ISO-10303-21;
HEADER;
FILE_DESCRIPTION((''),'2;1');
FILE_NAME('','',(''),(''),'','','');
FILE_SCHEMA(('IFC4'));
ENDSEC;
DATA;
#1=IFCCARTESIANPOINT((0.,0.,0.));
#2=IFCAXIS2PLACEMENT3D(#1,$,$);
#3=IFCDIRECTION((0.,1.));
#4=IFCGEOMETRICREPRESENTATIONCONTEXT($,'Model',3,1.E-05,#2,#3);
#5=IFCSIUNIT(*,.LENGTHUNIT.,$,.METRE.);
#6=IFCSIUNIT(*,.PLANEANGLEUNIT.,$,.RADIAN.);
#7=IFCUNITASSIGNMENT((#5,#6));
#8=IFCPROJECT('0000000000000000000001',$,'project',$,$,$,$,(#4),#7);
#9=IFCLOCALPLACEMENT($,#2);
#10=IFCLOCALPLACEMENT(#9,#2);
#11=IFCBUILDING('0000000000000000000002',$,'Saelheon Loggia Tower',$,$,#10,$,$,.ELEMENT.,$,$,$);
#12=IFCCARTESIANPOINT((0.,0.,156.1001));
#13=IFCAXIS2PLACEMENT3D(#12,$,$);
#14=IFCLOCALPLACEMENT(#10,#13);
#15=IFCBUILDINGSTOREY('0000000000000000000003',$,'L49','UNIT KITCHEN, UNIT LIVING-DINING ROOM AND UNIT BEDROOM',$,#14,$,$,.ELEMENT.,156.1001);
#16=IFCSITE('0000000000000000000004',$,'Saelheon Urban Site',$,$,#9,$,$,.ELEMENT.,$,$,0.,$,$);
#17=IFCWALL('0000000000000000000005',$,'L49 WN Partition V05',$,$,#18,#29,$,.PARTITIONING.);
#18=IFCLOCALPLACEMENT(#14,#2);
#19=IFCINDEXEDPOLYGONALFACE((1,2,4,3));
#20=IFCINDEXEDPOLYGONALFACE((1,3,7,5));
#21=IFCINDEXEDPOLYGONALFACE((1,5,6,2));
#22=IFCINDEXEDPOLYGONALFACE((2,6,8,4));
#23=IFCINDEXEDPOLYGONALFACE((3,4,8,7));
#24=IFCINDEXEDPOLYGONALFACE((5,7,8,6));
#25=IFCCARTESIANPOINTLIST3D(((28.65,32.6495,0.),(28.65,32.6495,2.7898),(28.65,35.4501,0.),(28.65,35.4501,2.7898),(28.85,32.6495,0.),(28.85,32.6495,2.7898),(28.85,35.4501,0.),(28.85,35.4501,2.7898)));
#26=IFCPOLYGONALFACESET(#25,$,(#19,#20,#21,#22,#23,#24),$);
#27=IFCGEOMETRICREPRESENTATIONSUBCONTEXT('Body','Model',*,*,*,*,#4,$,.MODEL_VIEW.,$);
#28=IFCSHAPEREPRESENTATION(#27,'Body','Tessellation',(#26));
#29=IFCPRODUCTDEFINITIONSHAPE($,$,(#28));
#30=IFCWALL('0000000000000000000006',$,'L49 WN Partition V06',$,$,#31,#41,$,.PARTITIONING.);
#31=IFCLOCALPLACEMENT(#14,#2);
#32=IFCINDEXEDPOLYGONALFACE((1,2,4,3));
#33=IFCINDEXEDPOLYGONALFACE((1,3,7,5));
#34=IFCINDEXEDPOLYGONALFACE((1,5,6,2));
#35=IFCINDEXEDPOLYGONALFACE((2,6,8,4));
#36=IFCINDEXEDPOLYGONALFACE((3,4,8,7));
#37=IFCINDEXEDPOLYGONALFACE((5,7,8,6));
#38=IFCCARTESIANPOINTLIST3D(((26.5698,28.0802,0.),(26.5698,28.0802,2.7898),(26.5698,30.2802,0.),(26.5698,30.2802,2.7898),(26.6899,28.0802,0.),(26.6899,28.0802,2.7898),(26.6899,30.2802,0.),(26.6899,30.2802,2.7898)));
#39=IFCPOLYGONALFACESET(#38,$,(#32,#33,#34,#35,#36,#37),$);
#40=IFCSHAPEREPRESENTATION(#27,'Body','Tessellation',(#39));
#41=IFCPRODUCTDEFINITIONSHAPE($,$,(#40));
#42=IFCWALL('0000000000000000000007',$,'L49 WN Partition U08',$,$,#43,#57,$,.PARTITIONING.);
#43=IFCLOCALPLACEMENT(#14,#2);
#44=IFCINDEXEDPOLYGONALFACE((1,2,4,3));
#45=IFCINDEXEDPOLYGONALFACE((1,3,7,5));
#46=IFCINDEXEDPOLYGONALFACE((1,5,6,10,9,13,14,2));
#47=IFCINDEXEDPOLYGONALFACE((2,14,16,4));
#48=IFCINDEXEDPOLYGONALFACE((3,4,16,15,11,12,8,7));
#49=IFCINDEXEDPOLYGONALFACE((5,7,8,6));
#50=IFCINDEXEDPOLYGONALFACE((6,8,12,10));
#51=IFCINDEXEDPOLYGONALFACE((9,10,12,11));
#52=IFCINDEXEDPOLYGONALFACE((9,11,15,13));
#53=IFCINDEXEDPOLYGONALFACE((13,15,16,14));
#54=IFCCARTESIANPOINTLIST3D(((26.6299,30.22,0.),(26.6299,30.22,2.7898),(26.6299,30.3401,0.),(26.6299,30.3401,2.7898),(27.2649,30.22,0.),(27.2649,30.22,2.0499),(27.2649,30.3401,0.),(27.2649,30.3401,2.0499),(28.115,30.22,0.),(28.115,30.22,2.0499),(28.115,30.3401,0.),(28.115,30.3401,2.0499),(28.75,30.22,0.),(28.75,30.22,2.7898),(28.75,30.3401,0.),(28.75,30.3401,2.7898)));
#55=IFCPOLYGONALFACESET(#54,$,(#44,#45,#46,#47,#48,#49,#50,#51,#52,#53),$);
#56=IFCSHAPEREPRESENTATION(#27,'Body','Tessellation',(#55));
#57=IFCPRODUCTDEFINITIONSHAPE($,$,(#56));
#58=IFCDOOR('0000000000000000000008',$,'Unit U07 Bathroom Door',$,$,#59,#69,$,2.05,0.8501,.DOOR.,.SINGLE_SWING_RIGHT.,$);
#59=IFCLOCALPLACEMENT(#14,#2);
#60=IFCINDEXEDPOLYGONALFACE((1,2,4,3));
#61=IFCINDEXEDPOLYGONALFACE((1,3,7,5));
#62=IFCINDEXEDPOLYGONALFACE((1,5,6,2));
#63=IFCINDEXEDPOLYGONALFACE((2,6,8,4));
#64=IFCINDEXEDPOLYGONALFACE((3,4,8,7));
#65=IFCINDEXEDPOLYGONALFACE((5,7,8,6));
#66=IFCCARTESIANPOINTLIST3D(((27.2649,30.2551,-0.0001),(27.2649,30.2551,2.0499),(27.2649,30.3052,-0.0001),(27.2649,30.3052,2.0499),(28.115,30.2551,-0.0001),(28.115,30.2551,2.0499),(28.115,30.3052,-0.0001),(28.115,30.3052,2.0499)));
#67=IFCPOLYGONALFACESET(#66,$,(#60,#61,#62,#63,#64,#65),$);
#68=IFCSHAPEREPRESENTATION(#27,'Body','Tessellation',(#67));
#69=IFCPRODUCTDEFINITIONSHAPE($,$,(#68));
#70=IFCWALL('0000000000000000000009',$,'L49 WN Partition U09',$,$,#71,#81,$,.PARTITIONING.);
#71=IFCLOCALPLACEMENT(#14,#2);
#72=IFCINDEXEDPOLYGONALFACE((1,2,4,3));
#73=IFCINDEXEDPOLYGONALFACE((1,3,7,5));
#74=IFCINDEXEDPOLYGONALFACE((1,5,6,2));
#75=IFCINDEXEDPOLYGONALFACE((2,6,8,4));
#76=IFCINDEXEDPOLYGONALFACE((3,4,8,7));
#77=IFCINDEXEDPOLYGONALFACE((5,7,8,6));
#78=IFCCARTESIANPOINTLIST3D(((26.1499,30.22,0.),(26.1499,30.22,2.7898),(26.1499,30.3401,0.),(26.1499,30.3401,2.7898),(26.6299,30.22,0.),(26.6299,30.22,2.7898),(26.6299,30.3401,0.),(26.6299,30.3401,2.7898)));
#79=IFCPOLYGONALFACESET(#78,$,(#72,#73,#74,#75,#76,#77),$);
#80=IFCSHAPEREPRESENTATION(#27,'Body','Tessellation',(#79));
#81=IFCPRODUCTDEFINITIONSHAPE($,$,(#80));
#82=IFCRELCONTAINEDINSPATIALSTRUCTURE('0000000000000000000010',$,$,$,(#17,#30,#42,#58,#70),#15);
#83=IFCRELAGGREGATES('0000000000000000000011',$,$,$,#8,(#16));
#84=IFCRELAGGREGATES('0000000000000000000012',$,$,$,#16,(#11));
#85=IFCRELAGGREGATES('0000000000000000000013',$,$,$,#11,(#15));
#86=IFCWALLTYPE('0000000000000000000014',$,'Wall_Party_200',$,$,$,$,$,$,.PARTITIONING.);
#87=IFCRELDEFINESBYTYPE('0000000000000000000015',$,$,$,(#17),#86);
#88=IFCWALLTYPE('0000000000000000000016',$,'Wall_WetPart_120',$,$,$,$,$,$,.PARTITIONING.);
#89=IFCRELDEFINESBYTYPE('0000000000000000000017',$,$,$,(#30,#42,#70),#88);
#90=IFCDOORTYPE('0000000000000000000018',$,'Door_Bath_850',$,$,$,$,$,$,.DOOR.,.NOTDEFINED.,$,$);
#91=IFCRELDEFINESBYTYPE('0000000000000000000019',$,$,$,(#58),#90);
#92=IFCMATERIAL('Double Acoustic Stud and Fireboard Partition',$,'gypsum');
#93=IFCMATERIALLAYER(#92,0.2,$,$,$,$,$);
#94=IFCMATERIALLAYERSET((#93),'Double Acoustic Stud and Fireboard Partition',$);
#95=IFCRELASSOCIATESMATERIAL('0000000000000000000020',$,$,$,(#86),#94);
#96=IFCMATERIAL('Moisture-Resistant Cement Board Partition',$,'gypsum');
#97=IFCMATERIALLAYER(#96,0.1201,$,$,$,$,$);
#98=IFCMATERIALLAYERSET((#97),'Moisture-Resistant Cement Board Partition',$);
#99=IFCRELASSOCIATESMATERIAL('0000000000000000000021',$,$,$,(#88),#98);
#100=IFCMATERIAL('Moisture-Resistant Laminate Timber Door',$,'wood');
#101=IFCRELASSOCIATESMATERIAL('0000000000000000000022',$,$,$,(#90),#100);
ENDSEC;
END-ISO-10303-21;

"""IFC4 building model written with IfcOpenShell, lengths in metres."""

from ifc_helpers import new_model, si_unit, direction, frame, frame_2d, origin, place, context, subcontext, project, spatial, rectangle, extrude, source, transform, mapped, material, layer, layer_set, type_object, element, fill, save


model = new_model("IFC4")

# Units and contexts
model_context = context("Model", 3, precision=1e-05, world=origin(), true_north=direction((0.0, 1.0)))
body_context = subcontext(model_context, "Body", "Model", "MODEL_VIEW")
ifc_project = project(units=[si_unit("LENGTHUNIT", "METRE"), si_unit("PLANEANGLEUNIT", "RADIAN")], contexts=[model_context])

# Site, building, storey
site_placement = place(None, origin())
site = spatial("IfcSite", under=ifc_project, at=site_placement, Name="Saelheon Urban Site", CompositionType="ELEMENT", RefElevation=0.0)
building_placement = place(site_placement, origin())
building = spatial("IfcBuilding", under=site, at=building_placement, Name="Saelheon Loggia Tower", CompositionType="ELEMENT")
storey_placement = place(building_placement, frame((0.0, 0.0, 156.1001)))
storey = spatial("IfcBuildingStorey", under=building, at=storey_placement, Name="L49", Description="UNIT KITCHEN, UNIT LIVING-DINING ROOM AND UNIT BEDROOM", CompositionType="ELEMENT", Elevation=156.1001)

# Shared definitions
ifc_material_1 = material(Name="Double Acoustic Stud and Fireboard Partition", Category="gypsum")
ifc_layer_1 = layer(ifc_material_1, 0.2)
ifc_layer_set_1 = layer_set([ifc_layer_1], Name="Double Acoustic Stud and Fireboard Partition")
wall_type_1 = type_object("IfcWallType", Name="Wall_Party_200", PredefinedType="PARTITIONING", material=ifc_layer_set_1)

# Walls
wall_1_placement = place(storey_placement, frame((28.75, 32.6494, 0.0), z_axis=(0.0, 0.0, 1.0), x_axis=(0.0, 1.0, 0.0)))
element("IfcWall", 1, at=wall_1_placement, inside=storey, type_object=wall_type_1, Name="L49 WN Partition V05", PredefinedType="PARTITIONING", context=body_context, shape_type="SweptSolid", body=[
    extrude(rectangle(XDim=2.8005, YDim=0.2, at=frame_2d((1.4004, 0.0))), origin(), (0.0, 0.0, 1.0), 2.7898),
])
ifc_material_2 = material(Name="Moisture-Resistant Cement Board Partition", Category="gypsum")
ifc_layer_2 = layer(ifc_material_2, 0.1201)
ifc_layer_set_2 = layer_set([ifc_layer_2], Name="Moisture-Resistant Cement Board Partition")
wall_type_2 = type_object("IfcWallType", Name="Wall_WetPart_120", PredefinedType="PARTITIONING", material=ifc_layer_set_2)
wall_2_placement = place(storey_placement, frame((26.6299, 28.0801, 0.0), z_axis=(0.0, 0.0, 1.0), x_axis=(0.0, 1.0, 0.0)))
element("IfcWall", 2, at=wall_2_placement, inside=storey, type_object=wall_type_2, Name="L49 WN Partition V06", PredefinedType="PARTITIONING", context=body_context, shape_type="SweptSolid", body=[
    extrude(rectangle(XDim=2.2, YDim=0.1201, at=frame_2d((1.1001, 0.0))), origin(), (0.0, 0.0, 1.0), 2.7898),
])

# Wall, opening, door
wall_3_placement = place(storey_placement, frame((28.75, 30.28, 0.0), z_axis=(0.0, 0.0, 1.0), x_axis=(-1.0, 0.0, 0.0)))
wall_3 = element("IfcWall", 3, at=wall_3_placement, inside=storey, type_object=wall_type_2, Name="L49 WN Partition U08", PredefinedType="PARTITIONING", context=body_context, shape_type="SweptSolid", body=[
    extrude(rectangle(XDim=2.1201, YDim=0.1201, at=frame_2d((1.0601, 0.0))), origin(), (0.0, 0.0, 1.0), 2.7898),
])
opening_1_placement = place(wall_3_placement, frame((0.635, 0.0, 0.0)))
opening_1 = element("IfcOpeningElement", 4, at=opening_1_placement, cuts=wall_3, PredefinedType="OPENING", context=body_context, shape_type="SweptSolid", body=[
    extrude(rectangle(XDim=0.8501, YDim=2.05, at=frame_2d((0.425, 1.0249))), frame((0.0, 0.072, 0.0), z_axis=(0.0, -1.0, 0.0), x_axis=(1.0, 0.0, 0.0)), (0.0, 0.0, 1.0), 0.144),
])
ifc_material_3 = material(Name="Moisture-Resistant Laminate Timber Door", Category="wood")
door_type_1 = type_object("IfcDoorType", Name="Door_Bath_850", OperationType="NOTDEFINED", PredefinedType="DOOR", material=ifc_material_3)
shared_shape_1 = source(origin(), body_context, "Body", "SweptSolid", [
    extrude(rectangle(XDim=0.8501, YDim=2.05, at=frame_2d((0.425, 1.0249))), frame((0.0, 0.0249, 0.0), z_axis=(0.0, -1.0, 0.0), x_axis=(1.0, 0.0, 0.0)), (0.0, 0.0, 1.0), 0.05),
])
door_1_placement = place(opening_1_placement, origin())
door_1 = element("IfcDoor", 5, at=door_1_placement, inside=storey, type_object=door_type_1, Name="Unit U07 Bathroom Door", OperationType="SINGLE_SWING_RIGHT", OverallHeight=2.05, OverallWidth=0.8501, PredefinedType="DOOR", context=body_context, shape_type="MappedRepresentation", body=[
    mapped(shared_shape_1, transform((0.0, 0.0, 0.0), scale=1.0)),
])
fill(opening_1, door_1)

# Wall
wall_4_placement = place(storey_placement, frame((26.6299, 30.28, 0.0), z_axis=(0.0, 0.0, 1.0), x_axis=(-1.0, 0.0, 0.0)))
element("IfcWall", 6, at=wall_4_placement, inside=storey, type_object=wall_type_2, Name="L49 WN Partition U09", PredefinedType="PARTITIONING", context=body_context, shape_type="SweptSolid", body=[
    extrude(rectangle(XDim=0.48, YDim=0.1201, at=frame_2d((0.24, 0.0))), origin(), (0.0, 0.0, 1.0), 2.7898),
])

save(model, "model.ifc")
